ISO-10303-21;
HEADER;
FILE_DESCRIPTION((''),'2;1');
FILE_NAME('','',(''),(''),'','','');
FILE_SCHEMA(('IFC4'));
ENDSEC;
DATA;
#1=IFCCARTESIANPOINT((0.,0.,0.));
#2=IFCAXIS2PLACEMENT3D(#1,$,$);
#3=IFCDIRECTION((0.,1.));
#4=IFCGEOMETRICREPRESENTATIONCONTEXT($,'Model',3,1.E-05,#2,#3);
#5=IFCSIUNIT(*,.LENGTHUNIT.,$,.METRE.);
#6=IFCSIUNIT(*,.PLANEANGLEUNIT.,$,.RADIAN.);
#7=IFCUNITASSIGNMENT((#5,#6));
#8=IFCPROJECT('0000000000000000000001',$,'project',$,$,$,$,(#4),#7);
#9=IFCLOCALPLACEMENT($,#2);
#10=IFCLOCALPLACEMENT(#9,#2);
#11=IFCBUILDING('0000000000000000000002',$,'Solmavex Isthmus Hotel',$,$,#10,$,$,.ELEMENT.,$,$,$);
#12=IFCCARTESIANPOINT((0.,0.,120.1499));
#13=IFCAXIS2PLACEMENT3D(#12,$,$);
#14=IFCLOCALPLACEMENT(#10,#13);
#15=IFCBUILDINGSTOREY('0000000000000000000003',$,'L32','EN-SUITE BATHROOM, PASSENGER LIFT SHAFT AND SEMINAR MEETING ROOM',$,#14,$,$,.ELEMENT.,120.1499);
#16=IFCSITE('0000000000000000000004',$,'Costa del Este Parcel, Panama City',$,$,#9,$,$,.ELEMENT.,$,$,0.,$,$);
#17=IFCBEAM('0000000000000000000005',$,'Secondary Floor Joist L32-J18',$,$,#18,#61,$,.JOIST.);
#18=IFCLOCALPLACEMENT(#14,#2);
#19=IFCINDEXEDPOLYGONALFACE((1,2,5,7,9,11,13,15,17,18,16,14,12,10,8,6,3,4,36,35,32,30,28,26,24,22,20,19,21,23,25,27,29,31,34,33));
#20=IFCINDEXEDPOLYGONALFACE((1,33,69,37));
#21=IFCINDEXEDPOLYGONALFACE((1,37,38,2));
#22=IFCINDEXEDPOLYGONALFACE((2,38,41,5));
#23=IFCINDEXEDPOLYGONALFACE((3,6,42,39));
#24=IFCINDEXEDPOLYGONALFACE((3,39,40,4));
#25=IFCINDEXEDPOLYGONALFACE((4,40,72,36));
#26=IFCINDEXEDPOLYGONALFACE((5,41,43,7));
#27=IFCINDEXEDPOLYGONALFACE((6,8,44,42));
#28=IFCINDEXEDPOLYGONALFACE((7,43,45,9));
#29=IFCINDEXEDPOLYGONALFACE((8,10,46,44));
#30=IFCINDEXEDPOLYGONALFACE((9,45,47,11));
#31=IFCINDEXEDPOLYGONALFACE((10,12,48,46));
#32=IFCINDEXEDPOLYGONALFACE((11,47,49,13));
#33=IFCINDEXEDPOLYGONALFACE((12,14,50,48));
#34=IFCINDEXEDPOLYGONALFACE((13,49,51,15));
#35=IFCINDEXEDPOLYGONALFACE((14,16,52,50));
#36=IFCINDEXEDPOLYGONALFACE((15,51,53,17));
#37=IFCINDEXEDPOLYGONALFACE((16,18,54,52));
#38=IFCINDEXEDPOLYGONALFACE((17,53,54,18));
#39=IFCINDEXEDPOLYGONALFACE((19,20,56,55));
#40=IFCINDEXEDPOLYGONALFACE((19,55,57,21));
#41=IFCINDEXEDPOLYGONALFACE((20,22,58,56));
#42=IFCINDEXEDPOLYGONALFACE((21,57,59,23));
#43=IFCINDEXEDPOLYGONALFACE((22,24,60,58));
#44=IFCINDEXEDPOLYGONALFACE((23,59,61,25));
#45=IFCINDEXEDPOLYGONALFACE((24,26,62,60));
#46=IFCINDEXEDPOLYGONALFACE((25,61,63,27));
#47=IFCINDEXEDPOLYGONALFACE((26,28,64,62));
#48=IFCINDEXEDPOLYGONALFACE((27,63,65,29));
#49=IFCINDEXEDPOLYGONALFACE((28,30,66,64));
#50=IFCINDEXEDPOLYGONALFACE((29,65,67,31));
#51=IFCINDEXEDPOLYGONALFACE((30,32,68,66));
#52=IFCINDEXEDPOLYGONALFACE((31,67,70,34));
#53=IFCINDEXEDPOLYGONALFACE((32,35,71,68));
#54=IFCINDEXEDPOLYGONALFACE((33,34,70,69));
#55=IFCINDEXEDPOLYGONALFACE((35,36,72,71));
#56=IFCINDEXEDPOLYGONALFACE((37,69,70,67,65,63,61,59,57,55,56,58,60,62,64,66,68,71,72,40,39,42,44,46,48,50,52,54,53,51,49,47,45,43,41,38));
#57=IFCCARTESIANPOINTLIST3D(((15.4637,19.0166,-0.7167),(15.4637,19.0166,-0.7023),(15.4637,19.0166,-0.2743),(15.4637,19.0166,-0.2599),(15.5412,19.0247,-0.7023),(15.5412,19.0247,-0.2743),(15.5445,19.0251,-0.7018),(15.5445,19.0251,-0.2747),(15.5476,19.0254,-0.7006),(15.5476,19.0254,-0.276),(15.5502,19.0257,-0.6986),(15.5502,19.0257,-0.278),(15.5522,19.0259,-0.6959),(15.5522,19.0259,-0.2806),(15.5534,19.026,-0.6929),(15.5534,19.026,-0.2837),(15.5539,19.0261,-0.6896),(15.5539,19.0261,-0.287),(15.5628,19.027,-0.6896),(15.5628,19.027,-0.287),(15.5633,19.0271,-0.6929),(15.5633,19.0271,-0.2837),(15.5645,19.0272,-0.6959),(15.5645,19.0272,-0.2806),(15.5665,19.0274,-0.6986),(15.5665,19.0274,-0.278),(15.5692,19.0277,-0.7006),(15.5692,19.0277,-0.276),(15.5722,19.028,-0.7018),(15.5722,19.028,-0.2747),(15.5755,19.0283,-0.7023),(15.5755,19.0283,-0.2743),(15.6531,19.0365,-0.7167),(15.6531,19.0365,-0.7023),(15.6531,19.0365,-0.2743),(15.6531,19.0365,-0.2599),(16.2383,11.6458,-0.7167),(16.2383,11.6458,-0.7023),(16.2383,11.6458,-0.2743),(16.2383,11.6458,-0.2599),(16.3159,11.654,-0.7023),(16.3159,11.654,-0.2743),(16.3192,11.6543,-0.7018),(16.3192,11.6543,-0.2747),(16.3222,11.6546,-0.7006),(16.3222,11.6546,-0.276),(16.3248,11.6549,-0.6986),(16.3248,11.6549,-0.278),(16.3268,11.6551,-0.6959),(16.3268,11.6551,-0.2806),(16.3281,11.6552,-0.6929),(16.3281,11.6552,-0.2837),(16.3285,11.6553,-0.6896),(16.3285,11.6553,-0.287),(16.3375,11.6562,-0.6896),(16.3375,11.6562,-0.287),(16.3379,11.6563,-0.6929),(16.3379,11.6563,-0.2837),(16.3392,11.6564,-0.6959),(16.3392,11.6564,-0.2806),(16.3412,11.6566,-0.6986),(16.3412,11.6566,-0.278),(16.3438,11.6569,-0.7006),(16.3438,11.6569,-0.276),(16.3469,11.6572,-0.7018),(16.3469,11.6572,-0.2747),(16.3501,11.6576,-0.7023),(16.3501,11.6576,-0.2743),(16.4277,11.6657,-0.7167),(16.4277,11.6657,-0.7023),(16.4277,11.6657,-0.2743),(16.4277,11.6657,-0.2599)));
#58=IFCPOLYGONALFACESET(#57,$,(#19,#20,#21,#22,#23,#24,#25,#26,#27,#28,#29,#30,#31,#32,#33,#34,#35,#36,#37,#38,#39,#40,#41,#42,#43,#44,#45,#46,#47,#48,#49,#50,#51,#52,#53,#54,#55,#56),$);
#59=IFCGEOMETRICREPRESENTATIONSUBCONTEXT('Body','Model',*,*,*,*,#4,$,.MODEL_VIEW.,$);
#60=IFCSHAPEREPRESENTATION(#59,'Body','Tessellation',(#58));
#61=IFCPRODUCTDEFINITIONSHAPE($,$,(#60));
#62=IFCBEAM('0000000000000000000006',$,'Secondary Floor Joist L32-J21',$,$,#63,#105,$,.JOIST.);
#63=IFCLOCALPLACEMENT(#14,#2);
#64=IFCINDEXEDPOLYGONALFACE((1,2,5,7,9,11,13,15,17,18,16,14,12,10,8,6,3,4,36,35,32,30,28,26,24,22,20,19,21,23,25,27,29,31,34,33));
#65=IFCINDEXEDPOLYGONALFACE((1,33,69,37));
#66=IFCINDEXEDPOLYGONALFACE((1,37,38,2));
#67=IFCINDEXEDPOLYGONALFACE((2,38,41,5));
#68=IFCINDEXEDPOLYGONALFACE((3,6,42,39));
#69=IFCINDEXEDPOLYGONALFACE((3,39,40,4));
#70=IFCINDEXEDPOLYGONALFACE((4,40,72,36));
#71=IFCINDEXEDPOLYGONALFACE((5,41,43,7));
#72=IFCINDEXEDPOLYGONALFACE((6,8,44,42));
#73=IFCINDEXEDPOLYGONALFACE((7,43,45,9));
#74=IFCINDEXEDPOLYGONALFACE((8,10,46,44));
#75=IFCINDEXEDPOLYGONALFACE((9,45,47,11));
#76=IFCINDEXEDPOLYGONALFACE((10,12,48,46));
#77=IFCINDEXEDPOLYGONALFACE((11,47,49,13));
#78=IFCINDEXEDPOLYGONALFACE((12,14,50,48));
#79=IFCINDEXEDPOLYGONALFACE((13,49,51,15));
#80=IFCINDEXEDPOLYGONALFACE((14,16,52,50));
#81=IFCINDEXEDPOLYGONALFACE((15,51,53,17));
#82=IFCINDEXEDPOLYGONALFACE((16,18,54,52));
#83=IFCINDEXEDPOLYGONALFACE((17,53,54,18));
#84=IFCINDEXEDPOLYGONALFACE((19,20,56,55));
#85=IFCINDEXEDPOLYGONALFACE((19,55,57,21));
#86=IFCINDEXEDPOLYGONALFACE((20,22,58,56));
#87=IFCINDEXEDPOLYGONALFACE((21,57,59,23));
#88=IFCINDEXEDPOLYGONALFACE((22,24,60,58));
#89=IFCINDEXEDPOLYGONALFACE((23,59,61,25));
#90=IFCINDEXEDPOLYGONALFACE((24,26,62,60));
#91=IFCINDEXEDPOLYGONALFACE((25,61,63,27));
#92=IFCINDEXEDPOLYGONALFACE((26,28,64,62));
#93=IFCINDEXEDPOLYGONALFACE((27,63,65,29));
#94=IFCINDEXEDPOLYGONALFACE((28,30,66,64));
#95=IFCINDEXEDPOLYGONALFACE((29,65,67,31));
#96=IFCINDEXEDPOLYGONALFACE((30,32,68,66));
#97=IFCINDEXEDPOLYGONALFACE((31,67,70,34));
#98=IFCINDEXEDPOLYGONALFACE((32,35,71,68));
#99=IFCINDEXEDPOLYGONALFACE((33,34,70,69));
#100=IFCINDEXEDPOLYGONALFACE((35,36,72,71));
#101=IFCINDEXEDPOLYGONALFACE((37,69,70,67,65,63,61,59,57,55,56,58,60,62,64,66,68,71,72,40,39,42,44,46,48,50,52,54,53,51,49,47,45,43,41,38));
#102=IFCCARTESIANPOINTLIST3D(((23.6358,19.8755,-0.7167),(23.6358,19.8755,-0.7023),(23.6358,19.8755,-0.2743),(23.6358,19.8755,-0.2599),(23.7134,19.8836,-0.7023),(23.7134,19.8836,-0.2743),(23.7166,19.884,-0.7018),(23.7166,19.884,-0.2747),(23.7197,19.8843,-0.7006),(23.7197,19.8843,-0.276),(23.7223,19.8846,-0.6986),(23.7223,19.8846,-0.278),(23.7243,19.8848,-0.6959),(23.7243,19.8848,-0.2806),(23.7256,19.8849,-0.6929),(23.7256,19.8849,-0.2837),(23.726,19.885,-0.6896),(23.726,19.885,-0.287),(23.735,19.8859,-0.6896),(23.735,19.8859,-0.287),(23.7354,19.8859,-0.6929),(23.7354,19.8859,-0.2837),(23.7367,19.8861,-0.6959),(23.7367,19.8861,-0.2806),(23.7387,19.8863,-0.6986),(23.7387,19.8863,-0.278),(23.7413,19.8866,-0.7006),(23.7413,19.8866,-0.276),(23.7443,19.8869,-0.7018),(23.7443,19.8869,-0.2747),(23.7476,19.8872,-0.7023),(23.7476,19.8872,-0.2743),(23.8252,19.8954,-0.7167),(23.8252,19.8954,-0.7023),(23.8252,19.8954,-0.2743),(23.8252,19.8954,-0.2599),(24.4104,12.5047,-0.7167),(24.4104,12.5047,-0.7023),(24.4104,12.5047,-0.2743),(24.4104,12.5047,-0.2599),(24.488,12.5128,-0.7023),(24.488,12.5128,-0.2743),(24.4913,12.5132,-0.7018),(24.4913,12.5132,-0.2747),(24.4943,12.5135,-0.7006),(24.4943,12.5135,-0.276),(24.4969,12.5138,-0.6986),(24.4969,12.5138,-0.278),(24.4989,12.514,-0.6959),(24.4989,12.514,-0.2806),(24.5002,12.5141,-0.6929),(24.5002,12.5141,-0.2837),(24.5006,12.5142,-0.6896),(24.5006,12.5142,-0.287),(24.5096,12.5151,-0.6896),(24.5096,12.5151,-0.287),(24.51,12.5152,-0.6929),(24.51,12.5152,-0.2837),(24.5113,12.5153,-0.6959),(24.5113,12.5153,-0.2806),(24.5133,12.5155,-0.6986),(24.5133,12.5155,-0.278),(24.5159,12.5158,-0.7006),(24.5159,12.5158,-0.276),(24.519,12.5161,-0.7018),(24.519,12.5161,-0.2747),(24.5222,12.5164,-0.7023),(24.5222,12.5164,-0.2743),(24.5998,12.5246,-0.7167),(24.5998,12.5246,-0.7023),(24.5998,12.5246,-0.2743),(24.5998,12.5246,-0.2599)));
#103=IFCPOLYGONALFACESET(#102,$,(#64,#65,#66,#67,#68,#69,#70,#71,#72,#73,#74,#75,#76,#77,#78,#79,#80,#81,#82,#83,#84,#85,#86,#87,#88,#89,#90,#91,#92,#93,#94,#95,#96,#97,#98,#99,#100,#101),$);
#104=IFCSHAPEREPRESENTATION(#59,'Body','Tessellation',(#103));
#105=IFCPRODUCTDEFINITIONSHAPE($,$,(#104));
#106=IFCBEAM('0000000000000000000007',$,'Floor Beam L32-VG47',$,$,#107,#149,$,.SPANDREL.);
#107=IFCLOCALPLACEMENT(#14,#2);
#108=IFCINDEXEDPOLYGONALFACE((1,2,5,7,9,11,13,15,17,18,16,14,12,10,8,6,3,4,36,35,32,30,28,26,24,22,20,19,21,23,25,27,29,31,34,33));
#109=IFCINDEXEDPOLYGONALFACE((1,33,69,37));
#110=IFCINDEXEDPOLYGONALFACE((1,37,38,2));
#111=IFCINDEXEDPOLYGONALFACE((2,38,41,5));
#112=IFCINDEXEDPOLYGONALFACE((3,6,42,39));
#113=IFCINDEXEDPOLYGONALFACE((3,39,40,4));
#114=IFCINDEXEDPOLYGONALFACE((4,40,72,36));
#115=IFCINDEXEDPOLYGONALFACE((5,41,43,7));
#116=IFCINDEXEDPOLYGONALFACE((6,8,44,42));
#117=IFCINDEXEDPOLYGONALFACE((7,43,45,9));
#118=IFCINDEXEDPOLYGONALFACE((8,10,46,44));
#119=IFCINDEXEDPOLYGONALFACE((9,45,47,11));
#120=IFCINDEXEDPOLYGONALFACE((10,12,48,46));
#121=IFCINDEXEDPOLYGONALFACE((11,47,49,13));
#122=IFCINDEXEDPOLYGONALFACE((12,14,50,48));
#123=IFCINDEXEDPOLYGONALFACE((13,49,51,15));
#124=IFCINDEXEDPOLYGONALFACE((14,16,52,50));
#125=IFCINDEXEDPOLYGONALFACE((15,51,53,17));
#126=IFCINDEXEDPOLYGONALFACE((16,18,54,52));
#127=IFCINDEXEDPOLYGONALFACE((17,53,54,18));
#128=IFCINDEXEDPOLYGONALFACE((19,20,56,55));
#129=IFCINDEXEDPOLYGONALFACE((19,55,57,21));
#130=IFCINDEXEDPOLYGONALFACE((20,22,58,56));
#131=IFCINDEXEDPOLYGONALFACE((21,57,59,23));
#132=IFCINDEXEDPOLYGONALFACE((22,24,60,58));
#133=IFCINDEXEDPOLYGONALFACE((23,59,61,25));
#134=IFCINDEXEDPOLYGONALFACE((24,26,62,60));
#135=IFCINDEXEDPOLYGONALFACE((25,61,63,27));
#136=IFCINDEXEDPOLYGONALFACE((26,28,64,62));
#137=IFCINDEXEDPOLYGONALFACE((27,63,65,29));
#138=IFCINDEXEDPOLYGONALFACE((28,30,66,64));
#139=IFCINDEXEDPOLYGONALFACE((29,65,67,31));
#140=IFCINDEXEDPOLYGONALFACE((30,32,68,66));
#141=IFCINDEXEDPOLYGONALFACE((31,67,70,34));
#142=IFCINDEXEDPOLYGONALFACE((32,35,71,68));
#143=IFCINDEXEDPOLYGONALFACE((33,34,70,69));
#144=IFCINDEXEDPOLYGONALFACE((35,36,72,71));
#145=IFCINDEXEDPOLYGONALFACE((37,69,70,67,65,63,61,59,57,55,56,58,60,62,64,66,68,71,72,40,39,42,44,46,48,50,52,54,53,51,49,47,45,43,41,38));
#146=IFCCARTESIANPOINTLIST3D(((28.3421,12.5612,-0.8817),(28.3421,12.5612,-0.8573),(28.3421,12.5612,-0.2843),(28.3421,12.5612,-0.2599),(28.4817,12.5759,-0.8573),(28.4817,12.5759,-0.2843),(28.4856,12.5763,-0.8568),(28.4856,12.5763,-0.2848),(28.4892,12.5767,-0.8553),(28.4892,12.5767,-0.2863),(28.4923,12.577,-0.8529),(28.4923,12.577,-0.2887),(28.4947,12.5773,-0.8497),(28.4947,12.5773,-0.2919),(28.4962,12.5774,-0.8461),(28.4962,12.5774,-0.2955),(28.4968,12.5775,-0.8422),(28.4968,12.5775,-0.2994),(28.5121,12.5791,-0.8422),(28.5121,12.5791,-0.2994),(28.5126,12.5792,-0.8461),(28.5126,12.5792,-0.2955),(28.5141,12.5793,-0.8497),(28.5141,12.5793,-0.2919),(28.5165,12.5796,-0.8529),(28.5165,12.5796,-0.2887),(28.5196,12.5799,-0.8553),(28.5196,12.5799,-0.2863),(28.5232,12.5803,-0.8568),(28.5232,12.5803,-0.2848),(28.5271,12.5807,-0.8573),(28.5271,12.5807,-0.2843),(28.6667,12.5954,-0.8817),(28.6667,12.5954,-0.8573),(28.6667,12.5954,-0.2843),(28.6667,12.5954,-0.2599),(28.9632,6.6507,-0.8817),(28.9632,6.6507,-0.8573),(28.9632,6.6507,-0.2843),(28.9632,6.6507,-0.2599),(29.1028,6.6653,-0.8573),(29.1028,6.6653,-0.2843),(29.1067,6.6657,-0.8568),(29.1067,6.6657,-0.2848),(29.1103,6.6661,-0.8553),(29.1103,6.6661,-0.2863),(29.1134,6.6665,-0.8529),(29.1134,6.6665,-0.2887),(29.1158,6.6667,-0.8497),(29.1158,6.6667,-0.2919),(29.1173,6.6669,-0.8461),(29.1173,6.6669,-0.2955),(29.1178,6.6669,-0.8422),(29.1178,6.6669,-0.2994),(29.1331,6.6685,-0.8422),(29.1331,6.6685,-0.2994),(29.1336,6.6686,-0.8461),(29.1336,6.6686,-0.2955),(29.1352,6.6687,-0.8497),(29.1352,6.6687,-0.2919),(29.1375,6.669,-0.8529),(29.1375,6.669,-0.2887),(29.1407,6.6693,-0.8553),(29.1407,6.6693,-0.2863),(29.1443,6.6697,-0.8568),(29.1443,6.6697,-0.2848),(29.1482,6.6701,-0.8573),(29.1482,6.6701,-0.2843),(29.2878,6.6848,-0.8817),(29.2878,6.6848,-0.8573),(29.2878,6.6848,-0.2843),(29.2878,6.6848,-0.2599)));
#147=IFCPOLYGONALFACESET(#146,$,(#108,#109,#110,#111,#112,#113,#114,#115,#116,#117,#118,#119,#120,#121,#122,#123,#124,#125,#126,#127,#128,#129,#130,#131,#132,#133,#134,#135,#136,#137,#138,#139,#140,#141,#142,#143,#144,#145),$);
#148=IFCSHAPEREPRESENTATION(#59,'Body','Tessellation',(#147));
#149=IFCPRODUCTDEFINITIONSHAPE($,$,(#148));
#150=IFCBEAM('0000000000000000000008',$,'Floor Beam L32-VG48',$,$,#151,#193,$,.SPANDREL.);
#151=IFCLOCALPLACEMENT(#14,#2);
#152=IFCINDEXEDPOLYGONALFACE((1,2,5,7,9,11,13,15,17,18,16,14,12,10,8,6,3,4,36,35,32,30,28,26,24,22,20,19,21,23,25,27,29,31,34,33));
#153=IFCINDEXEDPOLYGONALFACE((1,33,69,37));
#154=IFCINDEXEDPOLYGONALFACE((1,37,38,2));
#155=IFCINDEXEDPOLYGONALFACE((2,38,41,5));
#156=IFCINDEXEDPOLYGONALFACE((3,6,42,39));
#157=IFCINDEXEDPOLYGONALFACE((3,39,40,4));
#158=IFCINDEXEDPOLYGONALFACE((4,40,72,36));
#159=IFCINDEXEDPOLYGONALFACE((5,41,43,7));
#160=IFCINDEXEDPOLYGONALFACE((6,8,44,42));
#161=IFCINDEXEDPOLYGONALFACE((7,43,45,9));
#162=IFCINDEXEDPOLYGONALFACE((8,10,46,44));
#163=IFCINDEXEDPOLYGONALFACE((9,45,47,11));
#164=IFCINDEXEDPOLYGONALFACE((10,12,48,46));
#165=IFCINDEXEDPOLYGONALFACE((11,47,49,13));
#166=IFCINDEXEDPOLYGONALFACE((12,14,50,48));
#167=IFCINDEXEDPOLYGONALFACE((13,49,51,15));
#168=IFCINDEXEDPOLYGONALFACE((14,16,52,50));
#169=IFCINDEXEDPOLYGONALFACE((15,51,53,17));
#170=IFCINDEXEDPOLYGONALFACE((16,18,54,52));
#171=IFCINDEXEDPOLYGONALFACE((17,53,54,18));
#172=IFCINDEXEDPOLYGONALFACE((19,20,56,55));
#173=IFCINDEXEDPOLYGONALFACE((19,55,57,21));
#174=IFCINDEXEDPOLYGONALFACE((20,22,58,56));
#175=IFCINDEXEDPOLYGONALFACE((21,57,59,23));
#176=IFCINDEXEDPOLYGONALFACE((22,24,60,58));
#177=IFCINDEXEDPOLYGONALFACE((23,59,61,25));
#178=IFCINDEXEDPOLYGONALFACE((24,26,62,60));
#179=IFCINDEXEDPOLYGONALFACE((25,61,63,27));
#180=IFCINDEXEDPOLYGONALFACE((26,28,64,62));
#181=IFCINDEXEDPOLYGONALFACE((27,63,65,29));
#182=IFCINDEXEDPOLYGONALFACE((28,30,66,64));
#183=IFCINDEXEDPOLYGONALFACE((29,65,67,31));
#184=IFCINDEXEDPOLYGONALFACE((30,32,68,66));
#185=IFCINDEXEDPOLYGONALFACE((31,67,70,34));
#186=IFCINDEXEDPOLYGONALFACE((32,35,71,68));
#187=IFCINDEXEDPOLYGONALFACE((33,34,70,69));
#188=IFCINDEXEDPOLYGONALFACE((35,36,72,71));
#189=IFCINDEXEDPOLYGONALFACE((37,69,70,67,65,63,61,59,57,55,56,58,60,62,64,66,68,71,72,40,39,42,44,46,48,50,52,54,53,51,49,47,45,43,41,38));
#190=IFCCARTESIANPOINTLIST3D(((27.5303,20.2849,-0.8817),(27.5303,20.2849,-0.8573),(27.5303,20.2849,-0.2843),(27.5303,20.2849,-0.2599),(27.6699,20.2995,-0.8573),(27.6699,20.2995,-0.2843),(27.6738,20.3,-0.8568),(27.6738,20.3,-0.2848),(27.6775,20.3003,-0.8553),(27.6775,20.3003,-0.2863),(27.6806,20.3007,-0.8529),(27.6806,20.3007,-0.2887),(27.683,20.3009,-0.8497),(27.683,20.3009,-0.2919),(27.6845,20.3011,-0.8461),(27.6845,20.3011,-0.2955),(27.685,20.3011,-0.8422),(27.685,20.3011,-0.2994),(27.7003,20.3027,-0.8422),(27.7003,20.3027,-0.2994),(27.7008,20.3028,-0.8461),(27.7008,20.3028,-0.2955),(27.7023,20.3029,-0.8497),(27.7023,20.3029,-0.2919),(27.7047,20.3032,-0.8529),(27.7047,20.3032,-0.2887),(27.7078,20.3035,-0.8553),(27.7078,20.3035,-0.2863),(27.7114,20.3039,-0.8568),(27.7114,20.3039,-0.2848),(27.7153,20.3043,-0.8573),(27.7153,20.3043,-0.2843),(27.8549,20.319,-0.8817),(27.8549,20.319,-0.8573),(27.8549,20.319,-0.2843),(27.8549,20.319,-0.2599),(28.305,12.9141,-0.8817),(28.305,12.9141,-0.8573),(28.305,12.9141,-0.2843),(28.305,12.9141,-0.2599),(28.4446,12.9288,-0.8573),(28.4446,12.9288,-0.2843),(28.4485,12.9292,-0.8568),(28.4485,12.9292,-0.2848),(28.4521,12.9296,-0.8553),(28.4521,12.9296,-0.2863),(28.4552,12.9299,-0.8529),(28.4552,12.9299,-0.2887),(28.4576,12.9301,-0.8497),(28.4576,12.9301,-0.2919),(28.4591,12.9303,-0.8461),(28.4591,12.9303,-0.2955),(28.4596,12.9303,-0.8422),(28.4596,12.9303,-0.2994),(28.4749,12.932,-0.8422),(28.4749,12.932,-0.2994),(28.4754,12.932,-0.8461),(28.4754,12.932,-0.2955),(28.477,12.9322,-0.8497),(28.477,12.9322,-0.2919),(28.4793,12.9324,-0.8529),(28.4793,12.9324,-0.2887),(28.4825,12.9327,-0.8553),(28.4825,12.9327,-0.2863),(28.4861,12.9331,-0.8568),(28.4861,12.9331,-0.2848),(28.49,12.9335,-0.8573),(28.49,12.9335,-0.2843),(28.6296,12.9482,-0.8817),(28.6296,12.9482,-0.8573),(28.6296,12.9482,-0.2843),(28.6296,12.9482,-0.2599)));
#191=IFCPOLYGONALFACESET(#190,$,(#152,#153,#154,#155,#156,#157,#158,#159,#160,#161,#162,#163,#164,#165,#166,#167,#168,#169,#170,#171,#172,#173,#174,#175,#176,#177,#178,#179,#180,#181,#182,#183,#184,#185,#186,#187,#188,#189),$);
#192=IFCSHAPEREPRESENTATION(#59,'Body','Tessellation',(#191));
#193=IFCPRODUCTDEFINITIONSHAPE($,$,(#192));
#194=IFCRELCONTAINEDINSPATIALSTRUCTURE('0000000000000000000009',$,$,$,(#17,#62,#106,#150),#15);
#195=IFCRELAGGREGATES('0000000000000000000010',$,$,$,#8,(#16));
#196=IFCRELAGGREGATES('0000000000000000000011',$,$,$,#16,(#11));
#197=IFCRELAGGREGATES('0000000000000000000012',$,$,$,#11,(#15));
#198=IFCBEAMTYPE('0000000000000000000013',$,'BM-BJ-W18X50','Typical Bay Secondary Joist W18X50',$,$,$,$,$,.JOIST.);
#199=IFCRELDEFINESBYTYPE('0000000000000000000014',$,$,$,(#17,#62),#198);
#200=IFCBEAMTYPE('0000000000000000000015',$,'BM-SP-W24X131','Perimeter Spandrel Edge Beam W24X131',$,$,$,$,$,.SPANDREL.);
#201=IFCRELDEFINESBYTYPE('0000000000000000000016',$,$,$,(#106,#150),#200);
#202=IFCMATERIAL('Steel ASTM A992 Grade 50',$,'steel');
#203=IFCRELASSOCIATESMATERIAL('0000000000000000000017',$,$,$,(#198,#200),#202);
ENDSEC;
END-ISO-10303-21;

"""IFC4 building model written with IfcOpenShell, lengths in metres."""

from ifc_helpers import new_model, si_unit, direction, frame, origin, origin_2d, place, context, subcontext, project, spatial, i_section, extrude, material, material_profile, profile_set, type_object, element, save


model = new_model("IFC4")

# Units and contexts
model_context = context("Model", 3, precision=1e-05, world=origin(), true_north=direction((0.0, 1.0)))
body_context = subcontext(model_context, "Body", "Model", "MODEL_VIEW")
ifc_project = project(units=[si_unit("LENGTHUNIT", "METRE"), si_unit("PLANEANGLEUNIT", "RADIAN")], contexts=[model_context])

# Site, building, storey
site_placement = place(None, origin())
site = spatial("IfcSite", under=ifc_project, at=site_placement, Name="Costa del Este Parcel, Panama City", CompositionType="ELEMENT", RefElevation=0.0)
building_placement = place(site_placement, origin())
building = spatial("IfcBuilding", under=site, at=building_placement, Name="Solmavex Isthmus Hotel", CompositionType="ELEMENT")
storey_placement = place(building_placement, frame((0.0, 0.0, 120.1499)))
storey = spatial("IfcBuildingStorey", under=building, at=storey_placement, Name="L32", Description="EN-SUITE BATHROOM, PASSENGER LIFT SHAFT AND SEMINAR MEETING ROOM", CompositionType="ELEMENT", Elevation=120.1499)

# Beams
ifc_material_1 = material(Name="Steel ASTM A992 Grade 50", Category="steel")
ifc_material_profile_1 = material_profile(ifc_material_1, i_section(OverallWidth=0.1904, OverallDepth=0.4568, WebThickness=0.009, FlangeThickness=0.0144, FilletRadius=0.0127, at=origin_2d()), Name="W18X50")
ifc_profile_set_1 = profile_set([ifc_material_profile_1], Name="Steel ASTM A992 Grade 50")
beam_type_1 = type_object("IfcBeamType", Name="BM-BJ-W18X50", Description="Typical Bay Secondary Joist W18X50", PredefinedType="JOIST", material=ifc_profile_set_1)
for number, where, z_axis, x_axis, name in (
    (1, (16.333, 11.6558, -0.4883), (-0.104522, 0.994523, 0.0), (-0.994523, -0.104522, 0.0), "Secondary Floor Joist L32-J18"),
    (2, (24.5051, 12.5146, -0.4883), (-0.104522, 0.994523, 0.0), (-0.994523, -0.104522, 0.0), "Secondary Floor Joist L32-J21"),
):
    element("IfcBeam", number, at=place(storey_placement, frame(where, z_axis=z_axis, x_axis=x_axis)), inside=storey, type_object=beam_type_1, Name=name, PredefinedType="JOIST", context=body_context, shape_type="SweptSolid", body=[
        extrude(i_section(OverallWidth=0.1904, OverallDepth=0.4568, WebThickness=0.009, FlangeThickness=0.0144, FilletRadius=0.0127, at=origin_2d()), origin(), (0.0, 0.0, 1.0), 7.4114),
    ])
ifc_material_profile_2 = material_profile(ifc_material_1, i_section(OverallWidth=0.3264, OverallDepth=0.6218, WebThickness=0.0154, FlangeThickness=0.0244, FilletRadius=0.0151, at=origin_2d()), Name="W24X131")
ifc_profile_set_2 = profile_set([ifc_material_profile_2], Name="Steel ASTM A992 Grade 50")
beam_type_2 = type_object("IfcBeamType", Name="BM-SP-W24X131", Description="Perimeter Spandrel Edge Beam W24X131", PredefinedType="SPANDREL", material=ifc_profile_set_2)
beam_1_placement = place(storey_placement, frame((29.1255, 6.6677, -0.5708), z_axis=(-0.104505, 0.994524, 0.0), x_axis=(-0.994524, -0.104505, 0.0)))
element("IfcBeam", 3, at=beam_1_placement, inside=storey, type_object=beam_type_2, Name="Floor Beam L32-VG47", PredefinedType="SPANDREL", context=body_context, shape_type="SweptSolid", body=[
    extrude(i_section(OverallWidth=0.3264, OverallDepth=0.6218, WebThickness=0.0154, FlangeThickness=0.0244, FilletRadius=0.0151, at=origin_2d()), origin(), (0.0, 0.0, 1.0), 5.9431),
])
beam_2_placement = place(storey_placement, frame((28.4673, 12.9312, -0.5708), z_axis=(-0.104522, 0.994523, 0.0), x_axis=(-0.994523, -0.104522, 0.0)))
element("IfcBeam", 4, at=beam_2_placement, inside=storey, type_object=beam_type_2, Name="Floor Beam L32-VG48", PredefinedType="SPANDREL", context=body_context, shape_type="SweptSolid", body=[
    extrude(i_section(OverallWidth=0.3264, OverallDepth=0.6218, WebThickness=0.0154, FlangeThickness=0.0244, FilletRadius=0.0151, at=origin_2d()), origin(), (0.0, 0.0, 1.0), 7.4114),
])

save(model, "model.ifc")
